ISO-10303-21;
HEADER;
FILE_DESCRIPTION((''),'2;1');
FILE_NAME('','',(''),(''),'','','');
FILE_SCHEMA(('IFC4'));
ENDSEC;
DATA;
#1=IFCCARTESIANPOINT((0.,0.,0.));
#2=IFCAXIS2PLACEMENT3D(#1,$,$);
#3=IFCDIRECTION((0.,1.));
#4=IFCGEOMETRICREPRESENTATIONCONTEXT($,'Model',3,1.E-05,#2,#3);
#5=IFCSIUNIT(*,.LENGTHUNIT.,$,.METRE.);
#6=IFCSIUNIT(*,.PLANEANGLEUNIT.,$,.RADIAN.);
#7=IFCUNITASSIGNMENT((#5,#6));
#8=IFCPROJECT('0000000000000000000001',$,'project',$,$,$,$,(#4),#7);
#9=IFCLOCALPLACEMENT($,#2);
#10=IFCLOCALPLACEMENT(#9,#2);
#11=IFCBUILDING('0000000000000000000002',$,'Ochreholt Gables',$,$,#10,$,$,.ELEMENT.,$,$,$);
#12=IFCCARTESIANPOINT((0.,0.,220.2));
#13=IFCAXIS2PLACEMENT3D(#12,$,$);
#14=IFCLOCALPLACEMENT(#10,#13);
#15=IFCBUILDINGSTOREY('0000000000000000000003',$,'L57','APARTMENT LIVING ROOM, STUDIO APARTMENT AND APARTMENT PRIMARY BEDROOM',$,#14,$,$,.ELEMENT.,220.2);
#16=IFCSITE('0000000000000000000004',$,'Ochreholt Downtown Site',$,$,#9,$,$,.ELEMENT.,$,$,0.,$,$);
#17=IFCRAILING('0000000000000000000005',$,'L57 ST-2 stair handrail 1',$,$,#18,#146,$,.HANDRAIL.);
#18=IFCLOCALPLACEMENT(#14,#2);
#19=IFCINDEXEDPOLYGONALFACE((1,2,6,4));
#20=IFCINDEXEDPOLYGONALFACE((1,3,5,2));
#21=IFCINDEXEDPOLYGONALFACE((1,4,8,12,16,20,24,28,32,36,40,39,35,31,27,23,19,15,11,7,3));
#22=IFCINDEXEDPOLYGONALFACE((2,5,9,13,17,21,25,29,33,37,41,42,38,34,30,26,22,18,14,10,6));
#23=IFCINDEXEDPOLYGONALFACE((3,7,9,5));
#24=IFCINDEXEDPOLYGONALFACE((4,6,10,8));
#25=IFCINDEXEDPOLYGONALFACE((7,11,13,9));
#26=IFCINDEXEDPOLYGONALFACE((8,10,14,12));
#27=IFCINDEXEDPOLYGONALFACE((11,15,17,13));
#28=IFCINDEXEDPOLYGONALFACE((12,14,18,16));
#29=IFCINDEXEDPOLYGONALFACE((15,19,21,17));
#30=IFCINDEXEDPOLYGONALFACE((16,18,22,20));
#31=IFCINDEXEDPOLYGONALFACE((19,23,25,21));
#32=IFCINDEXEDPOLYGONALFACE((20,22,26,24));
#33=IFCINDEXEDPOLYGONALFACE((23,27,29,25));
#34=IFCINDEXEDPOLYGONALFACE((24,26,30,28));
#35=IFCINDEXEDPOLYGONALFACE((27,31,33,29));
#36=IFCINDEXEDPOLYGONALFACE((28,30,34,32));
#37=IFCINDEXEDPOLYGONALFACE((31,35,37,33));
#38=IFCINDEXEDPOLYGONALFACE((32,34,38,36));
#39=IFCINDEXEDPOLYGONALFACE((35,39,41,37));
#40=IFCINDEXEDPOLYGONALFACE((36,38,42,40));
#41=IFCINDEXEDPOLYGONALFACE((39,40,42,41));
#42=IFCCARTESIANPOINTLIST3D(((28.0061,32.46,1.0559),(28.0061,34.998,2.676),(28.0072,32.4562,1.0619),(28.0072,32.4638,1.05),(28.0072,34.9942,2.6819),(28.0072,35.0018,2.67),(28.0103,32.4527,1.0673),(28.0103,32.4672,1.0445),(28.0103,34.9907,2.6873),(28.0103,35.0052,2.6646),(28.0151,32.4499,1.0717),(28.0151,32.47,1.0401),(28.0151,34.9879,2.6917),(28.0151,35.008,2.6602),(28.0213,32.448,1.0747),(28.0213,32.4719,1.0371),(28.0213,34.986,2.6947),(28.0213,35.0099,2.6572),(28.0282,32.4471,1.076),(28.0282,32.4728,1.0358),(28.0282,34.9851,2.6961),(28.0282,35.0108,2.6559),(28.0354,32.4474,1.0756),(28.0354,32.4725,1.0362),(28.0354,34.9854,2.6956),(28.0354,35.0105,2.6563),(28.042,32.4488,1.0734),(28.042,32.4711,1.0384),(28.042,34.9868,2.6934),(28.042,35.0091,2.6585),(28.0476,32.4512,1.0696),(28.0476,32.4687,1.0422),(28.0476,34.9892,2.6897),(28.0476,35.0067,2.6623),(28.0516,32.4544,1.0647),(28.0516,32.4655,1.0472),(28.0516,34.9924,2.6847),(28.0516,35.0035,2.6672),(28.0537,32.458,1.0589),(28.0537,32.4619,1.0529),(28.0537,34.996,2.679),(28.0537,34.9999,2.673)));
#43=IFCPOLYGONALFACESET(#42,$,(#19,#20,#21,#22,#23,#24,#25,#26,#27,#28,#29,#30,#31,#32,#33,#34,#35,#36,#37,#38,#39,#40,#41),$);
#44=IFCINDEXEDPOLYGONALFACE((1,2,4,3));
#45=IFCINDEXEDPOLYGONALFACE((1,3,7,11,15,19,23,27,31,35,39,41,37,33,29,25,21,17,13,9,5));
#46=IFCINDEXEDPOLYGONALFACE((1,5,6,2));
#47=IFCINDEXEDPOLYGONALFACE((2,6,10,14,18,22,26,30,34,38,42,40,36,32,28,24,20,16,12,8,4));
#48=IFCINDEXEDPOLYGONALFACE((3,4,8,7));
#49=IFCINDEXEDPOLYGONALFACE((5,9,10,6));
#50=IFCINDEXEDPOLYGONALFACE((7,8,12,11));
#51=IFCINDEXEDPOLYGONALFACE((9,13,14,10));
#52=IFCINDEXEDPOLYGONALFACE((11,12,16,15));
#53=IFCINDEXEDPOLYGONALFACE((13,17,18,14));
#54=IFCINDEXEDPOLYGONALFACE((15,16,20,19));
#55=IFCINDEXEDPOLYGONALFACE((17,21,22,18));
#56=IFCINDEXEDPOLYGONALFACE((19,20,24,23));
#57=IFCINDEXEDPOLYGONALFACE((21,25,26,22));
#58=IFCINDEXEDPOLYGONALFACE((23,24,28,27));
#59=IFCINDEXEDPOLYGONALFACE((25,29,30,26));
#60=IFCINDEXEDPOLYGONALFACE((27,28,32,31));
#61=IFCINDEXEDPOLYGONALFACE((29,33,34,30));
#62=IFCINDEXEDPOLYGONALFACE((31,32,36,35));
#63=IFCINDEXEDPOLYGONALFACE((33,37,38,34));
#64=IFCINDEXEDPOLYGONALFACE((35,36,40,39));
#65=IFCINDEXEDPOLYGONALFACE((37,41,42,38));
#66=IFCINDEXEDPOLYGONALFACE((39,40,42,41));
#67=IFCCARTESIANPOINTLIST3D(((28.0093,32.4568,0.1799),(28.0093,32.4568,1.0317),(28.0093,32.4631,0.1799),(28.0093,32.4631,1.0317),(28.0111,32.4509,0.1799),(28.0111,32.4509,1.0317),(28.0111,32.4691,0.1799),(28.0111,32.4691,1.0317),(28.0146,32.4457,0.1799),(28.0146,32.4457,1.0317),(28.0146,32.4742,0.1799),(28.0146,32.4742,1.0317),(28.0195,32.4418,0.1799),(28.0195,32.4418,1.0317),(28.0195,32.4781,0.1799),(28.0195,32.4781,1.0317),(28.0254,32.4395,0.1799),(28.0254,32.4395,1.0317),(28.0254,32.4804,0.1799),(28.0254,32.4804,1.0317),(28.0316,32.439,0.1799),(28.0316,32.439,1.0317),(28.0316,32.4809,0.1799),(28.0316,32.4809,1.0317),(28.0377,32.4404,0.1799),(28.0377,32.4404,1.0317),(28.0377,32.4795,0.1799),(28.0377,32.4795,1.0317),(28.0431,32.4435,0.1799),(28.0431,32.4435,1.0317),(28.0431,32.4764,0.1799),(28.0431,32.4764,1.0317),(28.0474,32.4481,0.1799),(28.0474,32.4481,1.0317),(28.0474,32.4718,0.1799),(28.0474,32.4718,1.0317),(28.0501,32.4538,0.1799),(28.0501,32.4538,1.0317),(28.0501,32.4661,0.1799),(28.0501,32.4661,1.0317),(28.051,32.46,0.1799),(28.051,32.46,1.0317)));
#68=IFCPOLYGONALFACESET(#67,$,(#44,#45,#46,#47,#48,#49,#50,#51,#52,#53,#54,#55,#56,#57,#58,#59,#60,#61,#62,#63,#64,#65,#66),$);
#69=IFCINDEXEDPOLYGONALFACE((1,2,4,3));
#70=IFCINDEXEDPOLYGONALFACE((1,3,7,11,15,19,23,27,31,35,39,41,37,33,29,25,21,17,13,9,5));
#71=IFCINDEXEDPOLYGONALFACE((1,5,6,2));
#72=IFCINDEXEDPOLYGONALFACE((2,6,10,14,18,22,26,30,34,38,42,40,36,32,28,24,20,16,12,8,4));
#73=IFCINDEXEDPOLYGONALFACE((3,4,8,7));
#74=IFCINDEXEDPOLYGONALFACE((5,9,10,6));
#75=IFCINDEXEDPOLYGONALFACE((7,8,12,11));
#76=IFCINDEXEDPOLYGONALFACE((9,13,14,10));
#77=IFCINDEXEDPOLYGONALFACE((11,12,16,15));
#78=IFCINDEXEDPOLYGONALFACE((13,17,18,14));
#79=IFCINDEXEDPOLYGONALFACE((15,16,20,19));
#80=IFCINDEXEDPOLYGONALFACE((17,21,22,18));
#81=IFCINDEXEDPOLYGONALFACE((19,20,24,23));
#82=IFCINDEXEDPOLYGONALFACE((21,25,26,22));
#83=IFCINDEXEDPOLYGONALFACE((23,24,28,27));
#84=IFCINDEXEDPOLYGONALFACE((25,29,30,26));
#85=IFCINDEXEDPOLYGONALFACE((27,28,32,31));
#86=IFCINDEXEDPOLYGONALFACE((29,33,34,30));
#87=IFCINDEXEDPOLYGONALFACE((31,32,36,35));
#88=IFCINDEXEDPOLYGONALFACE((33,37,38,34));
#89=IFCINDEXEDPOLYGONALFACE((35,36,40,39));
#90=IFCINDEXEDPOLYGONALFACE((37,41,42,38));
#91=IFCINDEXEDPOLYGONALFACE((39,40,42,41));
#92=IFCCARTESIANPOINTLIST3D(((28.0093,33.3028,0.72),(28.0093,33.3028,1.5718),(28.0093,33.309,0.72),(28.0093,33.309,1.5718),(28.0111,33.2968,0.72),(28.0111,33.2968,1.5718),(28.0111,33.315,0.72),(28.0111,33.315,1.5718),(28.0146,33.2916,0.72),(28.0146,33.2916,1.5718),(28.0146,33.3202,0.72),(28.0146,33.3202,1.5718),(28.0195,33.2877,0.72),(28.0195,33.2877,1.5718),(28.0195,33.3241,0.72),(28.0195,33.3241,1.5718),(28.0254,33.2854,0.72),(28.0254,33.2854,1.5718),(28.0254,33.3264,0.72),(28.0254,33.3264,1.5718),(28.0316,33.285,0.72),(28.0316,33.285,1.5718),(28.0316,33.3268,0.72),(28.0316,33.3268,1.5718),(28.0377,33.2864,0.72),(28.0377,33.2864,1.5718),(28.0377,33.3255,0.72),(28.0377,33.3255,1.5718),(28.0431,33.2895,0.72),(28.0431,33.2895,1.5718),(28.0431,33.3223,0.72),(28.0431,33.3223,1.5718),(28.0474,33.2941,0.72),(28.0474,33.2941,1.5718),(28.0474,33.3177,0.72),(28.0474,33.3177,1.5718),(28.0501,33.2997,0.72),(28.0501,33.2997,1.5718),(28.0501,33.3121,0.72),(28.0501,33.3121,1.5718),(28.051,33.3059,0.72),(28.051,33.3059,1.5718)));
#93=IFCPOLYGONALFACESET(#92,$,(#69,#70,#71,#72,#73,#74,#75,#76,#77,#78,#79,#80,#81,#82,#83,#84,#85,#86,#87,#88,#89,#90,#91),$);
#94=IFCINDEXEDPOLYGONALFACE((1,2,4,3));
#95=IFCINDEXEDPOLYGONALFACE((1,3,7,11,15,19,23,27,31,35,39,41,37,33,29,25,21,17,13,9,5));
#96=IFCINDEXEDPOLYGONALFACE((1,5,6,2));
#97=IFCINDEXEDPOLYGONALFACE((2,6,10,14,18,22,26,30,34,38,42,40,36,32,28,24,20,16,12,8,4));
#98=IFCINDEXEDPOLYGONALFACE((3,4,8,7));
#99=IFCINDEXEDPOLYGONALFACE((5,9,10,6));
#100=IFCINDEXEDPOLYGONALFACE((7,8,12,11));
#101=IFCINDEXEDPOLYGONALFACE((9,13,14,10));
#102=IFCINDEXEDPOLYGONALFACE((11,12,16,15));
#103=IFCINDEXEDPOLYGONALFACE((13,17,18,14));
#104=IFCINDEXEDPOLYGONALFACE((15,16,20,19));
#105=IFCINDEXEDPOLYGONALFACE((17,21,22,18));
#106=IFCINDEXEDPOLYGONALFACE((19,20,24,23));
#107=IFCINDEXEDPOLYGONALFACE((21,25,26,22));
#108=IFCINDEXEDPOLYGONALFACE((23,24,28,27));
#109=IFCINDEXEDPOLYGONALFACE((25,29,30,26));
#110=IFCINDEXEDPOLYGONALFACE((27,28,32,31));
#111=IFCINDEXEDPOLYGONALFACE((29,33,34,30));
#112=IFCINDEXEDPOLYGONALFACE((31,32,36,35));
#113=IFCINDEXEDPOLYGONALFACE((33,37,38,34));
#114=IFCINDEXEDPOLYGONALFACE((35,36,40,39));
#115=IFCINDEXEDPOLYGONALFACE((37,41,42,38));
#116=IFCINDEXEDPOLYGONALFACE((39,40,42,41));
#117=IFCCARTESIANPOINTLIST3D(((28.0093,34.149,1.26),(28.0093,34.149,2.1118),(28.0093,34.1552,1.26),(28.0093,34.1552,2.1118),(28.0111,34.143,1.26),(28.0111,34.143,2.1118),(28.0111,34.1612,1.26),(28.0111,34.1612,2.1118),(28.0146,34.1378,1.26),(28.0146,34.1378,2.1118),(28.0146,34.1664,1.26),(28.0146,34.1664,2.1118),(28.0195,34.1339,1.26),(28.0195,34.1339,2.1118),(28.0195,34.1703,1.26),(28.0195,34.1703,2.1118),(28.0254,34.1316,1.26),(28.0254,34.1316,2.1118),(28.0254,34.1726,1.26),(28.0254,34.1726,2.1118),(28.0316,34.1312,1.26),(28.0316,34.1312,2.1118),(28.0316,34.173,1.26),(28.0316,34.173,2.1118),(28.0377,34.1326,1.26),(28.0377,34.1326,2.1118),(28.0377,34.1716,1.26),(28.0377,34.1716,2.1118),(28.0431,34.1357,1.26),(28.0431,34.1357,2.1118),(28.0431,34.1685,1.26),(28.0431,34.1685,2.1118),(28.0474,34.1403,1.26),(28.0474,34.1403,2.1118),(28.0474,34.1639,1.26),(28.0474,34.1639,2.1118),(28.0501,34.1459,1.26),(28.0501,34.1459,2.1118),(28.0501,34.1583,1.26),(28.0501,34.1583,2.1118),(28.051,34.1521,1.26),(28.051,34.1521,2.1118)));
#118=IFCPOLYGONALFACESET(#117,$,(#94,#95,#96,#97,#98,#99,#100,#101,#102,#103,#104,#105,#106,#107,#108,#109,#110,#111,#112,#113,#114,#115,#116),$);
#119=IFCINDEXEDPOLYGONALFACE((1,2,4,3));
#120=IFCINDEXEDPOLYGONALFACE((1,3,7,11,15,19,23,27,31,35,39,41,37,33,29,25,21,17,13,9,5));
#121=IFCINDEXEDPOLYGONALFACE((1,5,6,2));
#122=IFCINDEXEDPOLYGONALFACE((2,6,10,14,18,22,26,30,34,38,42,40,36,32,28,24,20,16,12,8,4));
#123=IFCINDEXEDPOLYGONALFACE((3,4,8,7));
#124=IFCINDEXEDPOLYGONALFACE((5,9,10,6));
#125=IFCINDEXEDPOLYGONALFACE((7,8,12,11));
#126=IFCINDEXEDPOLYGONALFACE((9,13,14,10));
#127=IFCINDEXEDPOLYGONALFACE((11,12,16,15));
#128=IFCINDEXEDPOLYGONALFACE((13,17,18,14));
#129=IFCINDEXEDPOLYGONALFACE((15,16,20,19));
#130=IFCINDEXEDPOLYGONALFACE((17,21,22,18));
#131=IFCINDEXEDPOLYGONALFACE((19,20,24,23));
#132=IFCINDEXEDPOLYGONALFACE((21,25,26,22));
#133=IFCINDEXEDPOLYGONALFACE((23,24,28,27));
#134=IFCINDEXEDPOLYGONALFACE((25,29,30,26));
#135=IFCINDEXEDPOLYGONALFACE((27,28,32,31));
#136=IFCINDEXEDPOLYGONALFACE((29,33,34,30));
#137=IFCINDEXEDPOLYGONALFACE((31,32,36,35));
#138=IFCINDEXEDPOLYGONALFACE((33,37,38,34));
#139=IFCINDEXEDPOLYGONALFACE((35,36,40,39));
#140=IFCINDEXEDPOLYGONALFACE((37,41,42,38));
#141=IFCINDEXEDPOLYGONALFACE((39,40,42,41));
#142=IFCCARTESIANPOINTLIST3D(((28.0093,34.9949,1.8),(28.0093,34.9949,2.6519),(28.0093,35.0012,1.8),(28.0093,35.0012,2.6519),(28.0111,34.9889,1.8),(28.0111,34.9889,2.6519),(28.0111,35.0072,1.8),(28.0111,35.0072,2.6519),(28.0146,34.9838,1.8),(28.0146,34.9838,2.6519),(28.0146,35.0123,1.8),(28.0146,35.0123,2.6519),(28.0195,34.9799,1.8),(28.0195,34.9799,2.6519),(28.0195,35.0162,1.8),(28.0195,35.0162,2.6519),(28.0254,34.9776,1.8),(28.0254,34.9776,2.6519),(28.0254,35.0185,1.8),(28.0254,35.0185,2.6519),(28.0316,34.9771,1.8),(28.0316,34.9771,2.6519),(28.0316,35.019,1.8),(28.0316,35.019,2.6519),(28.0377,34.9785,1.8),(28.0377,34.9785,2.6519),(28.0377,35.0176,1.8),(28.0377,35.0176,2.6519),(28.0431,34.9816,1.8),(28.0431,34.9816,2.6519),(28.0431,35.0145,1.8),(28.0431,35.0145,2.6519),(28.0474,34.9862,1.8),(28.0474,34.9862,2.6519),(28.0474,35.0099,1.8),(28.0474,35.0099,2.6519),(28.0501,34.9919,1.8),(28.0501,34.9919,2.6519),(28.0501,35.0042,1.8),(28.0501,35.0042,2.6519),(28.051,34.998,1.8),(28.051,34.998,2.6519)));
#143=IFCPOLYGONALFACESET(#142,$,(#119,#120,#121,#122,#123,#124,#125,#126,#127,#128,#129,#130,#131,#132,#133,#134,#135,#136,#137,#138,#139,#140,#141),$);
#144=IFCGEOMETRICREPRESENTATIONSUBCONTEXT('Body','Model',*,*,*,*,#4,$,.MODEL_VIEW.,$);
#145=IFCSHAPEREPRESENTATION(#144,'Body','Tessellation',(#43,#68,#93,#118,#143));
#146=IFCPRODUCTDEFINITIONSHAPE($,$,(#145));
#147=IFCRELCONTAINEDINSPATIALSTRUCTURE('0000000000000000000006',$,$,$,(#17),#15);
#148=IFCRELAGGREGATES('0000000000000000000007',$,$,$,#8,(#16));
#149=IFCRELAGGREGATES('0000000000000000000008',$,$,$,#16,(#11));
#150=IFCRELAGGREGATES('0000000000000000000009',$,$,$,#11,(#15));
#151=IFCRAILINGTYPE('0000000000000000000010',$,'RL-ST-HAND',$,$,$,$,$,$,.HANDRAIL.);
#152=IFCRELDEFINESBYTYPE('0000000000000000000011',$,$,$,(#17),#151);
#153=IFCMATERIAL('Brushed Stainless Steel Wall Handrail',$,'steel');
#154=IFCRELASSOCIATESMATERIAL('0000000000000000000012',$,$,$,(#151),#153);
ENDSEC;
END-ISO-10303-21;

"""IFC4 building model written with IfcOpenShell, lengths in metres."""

from ifc_helpers import new_model, si_unit, direction, frame, origin, origin_2d, place, context, subcontext, project, spatial, circle, extrude, material, type_object, element, save


model = new_model("IFC4")

# Units and contexts
model_context = context("Model", 3, precision=1e-05, world=origin(), true_north=direction((0.0, 1.0)))
body_context = subcontext(model_context, "Body", "Model", "MODEL_VIEW")
ifc_project = project(units=[si_unit("LENGTHUNIT", "METRE"), si_unit("PLANEANGLEUNIT", "RADIAN")], contexts=[model_context])

# Site, building, storey
site_placement = place(None, origin())
site = spatial("IfcSite", under=ifc_project, at=site_placement, Name="Ochreholt Downtown Site", CompositionType="ELEMENT", RefElevation=0.0)
building_placement = place(site_placement, origin())
building = spatial("IfcBuilding", under=site, at=building_placement, Name="Ochreholt Gables", CompositionType="ELEMENT")
storey_placement = place(building_placement, frame((0.0, 0.0, 220.2)))
storey = spatial("IfcBuildingStorey", under=building, at=storey_placement, Name="L57", Description="APARTMENT LIVING ROOM, STUDIO APARTMENT AND APARTMENT PRIMARY BEDROOM", CompositionType="ELEMENT", Elevation=220.2)

# Railing
ifc_material_1 = material(Name="Brushed Stainless Steel Wall Handrail", Category="steel")
railing_type_1 = type_object("IfcRailingType", Name="RL-ST-HAND", PredefinedType="HANDRAIL", material=ifc_material_1)
railing_1_placement = place(storey_placement, frame((28.03, 32.46, 0.1799)))
element("IfcRailing", 1, at=railing_1_placement, inside=storey, type_object=railing_type_1, Name="L57 ST-2 stair handrail 1", PredefinedType="HANDRAIL", context=body_context, shape_type="SweptSolid", body=[
    extrude(circle(Radius=0.0239, at=origin_2d()), frame((0.0, 0.0, 0.876), z_axis=(0.0, 0.842913, 0.53805), x_axis=(-1.0, 0.0, 0.0)), (0.0, 0.0, 1.0), 3.011),
    extrude(circle(Radius=0.021, at=origin_2d()), origin(), (0.0, 0.0, 1.0), 0.8518),
    extrude(circle(Radius=0.021, at=origin_2d()), frame((0.0, 0.8459, 0.54)), (0.0, 0.0, 1.0), 0.8518),
    extrude(circle(Radius=0.021, at=origin_2d()), frame((0.0, 1.6921, 1.0801)), (0.0, 0.0, 1.0), 0.8518),
    extrude(circle(Radius=0.021, at=origin_2d()), frame((0.0, 2.5381, 1.6201)), (0.0, 0.0, 1.0), 0.8518),
])

save(model, "model.ifc")
